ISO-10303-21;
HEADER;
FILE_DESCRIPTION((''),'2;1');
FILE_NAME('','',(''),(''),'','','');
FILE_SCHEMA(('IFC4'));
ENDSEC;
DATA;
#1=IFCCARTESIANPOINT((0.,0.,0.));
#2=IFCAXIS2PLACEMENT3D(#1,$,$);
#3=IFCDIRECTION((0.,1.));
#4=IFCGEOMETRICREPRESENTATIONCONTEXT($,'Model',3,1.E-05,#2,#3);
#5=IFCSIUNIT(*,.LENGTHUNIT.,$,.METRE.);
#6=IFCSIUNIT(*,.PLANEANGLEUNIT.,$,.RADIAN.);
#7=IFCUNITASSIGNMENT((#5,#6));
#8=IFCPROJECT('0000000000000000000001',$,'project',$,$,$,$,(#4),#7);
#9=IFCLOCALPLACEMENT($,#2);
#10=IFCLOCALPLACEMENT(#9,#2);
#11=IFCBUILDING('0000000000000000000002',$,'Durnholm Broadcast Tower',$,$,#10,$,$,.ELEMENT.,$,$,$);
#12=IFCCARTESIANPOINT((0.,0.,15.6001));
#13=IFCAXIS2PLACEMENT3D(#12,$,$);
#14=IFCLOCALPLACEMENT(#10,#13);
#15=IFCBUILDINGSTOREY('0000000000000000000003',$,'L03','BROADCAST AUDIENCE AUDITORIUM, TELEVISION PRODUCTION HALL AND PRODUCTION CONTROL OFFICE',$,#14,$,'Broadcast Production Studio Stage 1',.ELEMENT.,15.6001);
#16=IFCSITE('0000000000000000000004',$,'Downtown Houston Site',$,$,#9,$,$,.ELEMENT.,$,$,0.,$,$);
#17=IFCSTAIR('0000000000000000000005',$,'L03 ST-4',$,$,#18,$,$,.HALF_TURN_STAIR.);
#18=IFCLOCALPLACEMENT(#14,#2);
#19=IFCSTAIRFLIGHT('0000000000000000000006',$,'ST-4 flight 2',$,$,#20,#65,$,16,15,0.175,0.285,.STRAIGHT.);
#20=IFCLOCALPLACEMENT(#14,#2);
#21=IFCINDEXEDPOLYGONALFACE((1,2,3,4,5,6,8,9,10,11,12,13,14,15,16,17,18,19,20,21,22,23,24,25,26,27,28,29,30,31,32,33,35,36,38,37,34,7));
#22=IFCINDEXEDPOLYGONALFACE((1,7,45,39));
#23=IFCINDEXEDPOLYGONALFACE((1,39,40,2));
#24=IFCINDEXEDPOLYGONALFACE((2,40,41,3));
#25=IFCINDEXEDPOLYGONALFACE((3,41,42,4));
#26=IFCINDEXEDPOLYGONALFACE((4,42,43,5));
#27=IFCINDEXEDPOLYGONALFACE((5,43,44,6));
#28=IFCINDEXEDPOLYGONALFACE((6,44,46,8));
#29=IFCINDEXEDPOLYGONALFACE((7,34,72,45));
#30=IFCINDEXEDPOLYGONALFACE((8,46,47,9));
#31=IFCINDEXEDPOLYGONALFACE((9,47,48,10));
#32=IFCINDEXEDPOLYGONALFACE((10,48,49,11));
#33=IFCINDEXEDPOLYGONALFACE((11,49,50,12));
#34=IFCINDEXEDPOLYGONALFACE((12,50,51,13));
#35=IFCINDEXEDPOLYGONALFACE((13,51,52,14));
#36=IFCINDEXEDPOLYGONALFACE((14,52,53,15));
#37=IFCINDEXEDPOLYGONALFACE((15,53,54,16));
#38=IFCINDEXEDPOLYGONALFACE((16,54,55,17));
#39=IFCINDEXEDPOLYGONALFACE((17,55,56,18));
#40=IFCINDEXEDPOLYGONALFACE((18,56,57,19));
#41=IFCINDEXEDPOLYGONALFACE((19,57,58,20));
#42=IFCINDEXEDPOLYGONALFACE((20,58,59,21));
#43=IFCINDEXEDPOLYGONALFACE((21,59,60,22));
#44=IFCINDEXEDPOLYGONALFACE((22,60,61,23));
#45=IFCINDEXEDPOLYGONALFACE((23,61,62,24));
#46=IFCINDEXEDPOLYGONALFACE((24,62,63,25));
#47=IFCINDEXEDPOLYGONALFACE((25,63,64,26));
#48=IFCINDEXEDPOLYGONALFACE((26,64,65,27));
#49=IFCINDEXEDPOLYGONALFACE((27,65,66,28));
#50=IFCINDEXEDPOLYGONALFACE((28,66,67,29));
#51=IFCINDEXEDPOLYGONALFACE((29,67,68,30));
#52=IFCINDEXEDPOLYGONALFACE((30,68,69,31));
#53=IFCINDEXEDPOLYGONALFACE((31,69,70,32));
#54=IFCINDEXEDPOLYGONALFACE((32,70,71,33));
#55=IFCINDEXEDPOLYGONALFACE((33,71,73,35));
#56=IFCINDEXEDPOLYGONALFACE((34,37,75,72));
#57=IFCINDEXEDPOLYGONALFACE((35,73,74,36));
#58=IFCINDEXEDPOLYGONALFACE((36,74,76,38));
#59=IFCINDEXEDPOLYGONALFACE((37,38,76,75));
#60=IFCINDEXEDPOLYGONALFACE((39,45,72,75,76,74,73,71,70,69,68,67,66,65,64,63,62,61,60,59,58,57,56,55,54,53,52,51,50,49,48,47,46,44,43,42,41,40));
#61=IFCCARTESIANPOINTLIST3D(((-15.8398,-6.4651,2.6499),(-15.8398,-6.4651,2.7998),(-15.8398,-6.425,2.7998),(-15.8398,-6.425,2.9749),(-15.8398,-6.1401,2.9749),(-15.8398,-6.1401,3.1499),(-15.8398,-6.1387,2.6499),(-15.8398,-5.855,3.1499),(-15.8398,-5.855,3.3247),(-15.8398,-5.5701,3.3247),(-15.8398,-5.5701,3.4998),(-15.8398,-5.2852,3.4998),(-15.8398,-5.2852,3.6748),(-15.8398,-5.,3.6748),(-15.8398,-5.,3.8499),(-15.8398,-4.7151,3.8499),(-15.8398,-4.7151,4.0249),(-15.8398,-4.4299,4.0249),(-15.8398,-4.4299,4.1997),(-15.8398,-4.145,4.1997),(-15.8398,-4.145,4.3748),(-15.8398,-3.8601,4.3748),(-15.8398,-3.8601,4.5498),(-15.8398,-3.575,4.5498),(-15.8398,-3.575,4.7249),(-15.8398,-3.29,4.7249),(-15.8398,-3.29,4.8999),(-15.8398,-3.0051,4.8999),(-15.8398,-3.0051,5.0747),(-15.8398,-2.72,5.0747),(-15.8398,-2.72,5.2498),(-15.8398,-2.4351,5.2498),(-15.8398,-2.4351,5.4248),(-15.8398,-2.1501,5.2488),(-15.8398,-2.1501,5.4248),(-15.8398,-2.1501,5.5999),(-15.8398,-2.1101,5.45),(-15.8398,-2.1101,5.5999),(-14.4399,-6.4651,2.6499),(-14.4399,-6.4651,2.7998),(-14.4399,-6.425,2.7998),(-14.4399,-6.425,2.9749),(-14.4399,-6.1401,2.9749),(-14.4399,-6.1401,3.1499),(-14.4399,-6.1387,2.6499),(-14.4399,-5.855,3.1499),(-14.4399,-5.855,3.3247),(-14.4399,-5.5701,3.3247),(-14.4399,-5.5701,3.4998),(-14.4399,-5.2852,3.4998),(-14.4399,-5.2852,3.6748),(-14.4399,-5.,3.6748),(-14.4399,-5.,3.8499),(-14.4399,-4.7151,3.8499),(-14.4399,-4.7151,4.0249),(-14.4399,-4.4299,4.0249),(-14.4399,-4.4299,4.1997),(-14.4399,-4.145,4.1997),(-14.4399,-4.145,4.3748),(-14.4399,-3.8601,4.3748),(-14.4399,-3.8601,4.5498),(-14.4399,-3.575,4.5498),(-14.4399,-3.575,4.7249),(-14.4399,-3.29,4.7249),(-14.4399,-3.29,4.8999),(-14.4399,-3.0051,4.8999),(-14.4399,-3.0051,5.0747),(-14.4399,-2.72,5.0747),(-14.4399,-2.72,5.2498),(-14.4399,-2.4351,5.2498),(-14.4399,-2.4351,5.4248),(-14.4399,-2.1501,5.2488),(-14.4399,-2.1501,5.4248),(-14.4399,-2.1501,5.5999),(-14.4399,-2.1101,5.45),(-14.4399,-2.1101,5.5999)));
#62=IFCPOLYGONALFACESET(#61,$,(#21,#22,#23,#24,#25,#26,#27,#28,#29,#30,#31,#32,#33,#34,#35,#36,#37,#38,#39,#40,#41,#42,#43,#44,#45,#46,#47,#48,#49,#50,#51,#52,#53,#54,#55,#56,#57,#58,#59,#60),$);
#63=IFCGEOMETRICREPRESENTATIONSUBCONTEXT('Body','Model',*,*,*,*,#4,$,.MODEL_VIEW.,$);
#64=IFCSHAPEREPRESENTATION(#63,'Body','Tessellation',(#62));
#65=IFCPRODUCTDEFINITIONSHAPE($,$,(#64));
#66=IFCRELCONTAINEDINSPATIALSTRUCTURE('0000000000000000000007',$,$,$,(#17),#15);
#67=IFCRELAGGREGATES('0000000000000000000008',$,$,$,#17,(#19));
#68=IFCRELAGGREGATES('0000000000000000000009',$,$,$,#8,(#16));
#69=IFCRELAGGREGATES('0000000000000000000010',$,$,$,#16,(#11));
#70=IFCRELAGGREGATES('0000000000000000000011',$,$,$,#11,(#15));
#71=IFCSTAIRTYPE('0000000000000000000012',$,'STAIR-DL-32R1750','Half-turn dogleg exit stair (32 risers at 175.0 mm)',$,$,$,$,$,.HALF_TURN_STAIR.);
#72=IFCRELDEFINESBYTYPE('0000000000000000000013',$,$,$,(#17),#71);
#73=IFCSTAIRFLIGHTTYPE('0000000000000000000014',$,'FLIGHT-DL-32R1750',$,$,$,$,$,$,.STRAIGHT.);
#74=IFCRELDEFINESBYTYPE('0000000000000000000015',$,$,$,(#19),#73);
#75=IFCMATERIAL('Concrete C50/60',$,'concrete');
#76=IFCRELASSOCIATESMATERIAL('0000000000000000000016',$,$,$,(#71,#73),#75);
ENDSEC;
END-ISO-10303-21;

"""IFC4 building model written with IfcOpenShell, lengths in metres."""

from ifc_helpers import new_model, si_unit, direction, frame, origin, place, context, subcontext, project, spatial, polyline, outline, extrude, material, type_object, element, aggregate, save


model = new_model("IFC4")

# Units and contexts
model_context = context("Model", 3, precision=1e-05, world=origin(), true_north=direction((0.0, 1.0)))
body_context = subcontext(model_context, "Body", "Model", "MODEL_VIEW")
ifc_project = project(units=[si_unit("LENGTHUNIT", "METRE"), si_unit("PLANEANGLEUNIT", "RADIAN")], contexts=[model_context])

# Site, building, storey
site_placement = place(None, origin())
site = spatial("IfcSite", under=ifc_project, at=site_placement, Name="Downtown Houston Site", CompositionType="ELEMENT", RefElevation=0.0)
building_placement = place(site_placement, origin())
building = spatial("IfcBuilding", under=site, at=building_placement, Name="Durnholm Broadcast Tower", CompositionType="ELEMENT")
storey_placement = place(building_placement, frame((0.0, 0.0, 15.6001)))
storey = spatial("IfcBuildingStorey", under=building, at=storey_placement, Name="L03", Description="BROADCAST AUDIENCE AUDITORIUM, TELEVISION PRODUCTION HALL AND PRODUCTION CONTROL OFFICE", LongName="Broadcast Production Studio Stage 1", CompositionType="ELEMENT", Elevation=15.6001)

# Shared definitions
ifc_material_1 = material(Name="Concrete C50/60", Category="concrete")

# Stair, stair flight
stair_type = type_object("IfcStairType", Name="STAIR-DL-32R1750", Description="Half-turn dogleg exit stair (32 risers at 175.0 mm)", PredefinedType="HALF_TURN_STAIR", material=ifc_material_1)
stair_placement = place(storey_placement, origin())
stair = element("IfcStair", 1, at=stair_placement, inside=storey, type_object=stair_type, Name="L03 ST-4", PredefinedType="HALF_TURN_STAIR")
stair_flight_type = type_object("IfcStairFlightType", Name="FLIGHT-DL-32R1750", PredefinedType="STRAIGHT", material=ifc_material_1)
stair_flight_1_placement = place(storey_placement, frame((-15.1399, -6.425, 2.7998), z_axis=(0.0, 0.0, 1.0), x_axis=(0.0, 1.0, 0.0)))
stair_flight_1 = element("IfcStairFlight", 2, at=stair_flight_1_placement, type_object=stair_flight_type, Name="ST-4 flight 2", NumberOfRisers=16, NumberOfTreads=15, PredefinedType="STRAIGHT", RiserHeight=0.175, TreadLength=0.285, context=body_context, shape_type="SweptSolid", body=[
    extrude(outline(polyline([(-0.04, -0.1499), (-0.04, 0.0), (0.0, 0.0), (0.0, 0.175), (0.2849, 0.175), (0.2849, 0.3501), (0.5701, 0.3501), (0.5701, 0.5249), (0.855, 0.5249), (0.855, 0.7), (1.1399, 0.7), (1.1399, 0.875), (1.425, 0.875), (1.425, 1.05), (1.71, 1.05), (1.71, 1.2251), (1.9951, 1.2251), (1.9951, 1.3999), (2.28, 1.3999), (2.28, 1.575), (2.5649, 1.575), (2.5649, 1.75), (2.8501, 1.75), (2.8501, 1.925), (3.135, 1.925), (3.135, 2.1001), (3.4199, 2.1001), (3.4199, 2.2749), (3.7051, 2.2749), (3.7051, 2.45), (3.99, 2.45), (3.99, 2.625), (4.2749, 2.625), (4.2749, 2.8), (4.3149, 2.8), (4.3149, 2.6501), (4.2749, 2.449), (0.2864, -0.1499), (-0.04, -0.1499)])), frame((0.0, 0.7, 0.0), z_axis=(0.0, -1.0, 0.0), x_axis=(1.0, 0.0, 0.0)), (0.0, 0.0, 1.0), 1.3999),
])
aggregate(stair, [stair_flight_1])

save(model, "model.ifc")
